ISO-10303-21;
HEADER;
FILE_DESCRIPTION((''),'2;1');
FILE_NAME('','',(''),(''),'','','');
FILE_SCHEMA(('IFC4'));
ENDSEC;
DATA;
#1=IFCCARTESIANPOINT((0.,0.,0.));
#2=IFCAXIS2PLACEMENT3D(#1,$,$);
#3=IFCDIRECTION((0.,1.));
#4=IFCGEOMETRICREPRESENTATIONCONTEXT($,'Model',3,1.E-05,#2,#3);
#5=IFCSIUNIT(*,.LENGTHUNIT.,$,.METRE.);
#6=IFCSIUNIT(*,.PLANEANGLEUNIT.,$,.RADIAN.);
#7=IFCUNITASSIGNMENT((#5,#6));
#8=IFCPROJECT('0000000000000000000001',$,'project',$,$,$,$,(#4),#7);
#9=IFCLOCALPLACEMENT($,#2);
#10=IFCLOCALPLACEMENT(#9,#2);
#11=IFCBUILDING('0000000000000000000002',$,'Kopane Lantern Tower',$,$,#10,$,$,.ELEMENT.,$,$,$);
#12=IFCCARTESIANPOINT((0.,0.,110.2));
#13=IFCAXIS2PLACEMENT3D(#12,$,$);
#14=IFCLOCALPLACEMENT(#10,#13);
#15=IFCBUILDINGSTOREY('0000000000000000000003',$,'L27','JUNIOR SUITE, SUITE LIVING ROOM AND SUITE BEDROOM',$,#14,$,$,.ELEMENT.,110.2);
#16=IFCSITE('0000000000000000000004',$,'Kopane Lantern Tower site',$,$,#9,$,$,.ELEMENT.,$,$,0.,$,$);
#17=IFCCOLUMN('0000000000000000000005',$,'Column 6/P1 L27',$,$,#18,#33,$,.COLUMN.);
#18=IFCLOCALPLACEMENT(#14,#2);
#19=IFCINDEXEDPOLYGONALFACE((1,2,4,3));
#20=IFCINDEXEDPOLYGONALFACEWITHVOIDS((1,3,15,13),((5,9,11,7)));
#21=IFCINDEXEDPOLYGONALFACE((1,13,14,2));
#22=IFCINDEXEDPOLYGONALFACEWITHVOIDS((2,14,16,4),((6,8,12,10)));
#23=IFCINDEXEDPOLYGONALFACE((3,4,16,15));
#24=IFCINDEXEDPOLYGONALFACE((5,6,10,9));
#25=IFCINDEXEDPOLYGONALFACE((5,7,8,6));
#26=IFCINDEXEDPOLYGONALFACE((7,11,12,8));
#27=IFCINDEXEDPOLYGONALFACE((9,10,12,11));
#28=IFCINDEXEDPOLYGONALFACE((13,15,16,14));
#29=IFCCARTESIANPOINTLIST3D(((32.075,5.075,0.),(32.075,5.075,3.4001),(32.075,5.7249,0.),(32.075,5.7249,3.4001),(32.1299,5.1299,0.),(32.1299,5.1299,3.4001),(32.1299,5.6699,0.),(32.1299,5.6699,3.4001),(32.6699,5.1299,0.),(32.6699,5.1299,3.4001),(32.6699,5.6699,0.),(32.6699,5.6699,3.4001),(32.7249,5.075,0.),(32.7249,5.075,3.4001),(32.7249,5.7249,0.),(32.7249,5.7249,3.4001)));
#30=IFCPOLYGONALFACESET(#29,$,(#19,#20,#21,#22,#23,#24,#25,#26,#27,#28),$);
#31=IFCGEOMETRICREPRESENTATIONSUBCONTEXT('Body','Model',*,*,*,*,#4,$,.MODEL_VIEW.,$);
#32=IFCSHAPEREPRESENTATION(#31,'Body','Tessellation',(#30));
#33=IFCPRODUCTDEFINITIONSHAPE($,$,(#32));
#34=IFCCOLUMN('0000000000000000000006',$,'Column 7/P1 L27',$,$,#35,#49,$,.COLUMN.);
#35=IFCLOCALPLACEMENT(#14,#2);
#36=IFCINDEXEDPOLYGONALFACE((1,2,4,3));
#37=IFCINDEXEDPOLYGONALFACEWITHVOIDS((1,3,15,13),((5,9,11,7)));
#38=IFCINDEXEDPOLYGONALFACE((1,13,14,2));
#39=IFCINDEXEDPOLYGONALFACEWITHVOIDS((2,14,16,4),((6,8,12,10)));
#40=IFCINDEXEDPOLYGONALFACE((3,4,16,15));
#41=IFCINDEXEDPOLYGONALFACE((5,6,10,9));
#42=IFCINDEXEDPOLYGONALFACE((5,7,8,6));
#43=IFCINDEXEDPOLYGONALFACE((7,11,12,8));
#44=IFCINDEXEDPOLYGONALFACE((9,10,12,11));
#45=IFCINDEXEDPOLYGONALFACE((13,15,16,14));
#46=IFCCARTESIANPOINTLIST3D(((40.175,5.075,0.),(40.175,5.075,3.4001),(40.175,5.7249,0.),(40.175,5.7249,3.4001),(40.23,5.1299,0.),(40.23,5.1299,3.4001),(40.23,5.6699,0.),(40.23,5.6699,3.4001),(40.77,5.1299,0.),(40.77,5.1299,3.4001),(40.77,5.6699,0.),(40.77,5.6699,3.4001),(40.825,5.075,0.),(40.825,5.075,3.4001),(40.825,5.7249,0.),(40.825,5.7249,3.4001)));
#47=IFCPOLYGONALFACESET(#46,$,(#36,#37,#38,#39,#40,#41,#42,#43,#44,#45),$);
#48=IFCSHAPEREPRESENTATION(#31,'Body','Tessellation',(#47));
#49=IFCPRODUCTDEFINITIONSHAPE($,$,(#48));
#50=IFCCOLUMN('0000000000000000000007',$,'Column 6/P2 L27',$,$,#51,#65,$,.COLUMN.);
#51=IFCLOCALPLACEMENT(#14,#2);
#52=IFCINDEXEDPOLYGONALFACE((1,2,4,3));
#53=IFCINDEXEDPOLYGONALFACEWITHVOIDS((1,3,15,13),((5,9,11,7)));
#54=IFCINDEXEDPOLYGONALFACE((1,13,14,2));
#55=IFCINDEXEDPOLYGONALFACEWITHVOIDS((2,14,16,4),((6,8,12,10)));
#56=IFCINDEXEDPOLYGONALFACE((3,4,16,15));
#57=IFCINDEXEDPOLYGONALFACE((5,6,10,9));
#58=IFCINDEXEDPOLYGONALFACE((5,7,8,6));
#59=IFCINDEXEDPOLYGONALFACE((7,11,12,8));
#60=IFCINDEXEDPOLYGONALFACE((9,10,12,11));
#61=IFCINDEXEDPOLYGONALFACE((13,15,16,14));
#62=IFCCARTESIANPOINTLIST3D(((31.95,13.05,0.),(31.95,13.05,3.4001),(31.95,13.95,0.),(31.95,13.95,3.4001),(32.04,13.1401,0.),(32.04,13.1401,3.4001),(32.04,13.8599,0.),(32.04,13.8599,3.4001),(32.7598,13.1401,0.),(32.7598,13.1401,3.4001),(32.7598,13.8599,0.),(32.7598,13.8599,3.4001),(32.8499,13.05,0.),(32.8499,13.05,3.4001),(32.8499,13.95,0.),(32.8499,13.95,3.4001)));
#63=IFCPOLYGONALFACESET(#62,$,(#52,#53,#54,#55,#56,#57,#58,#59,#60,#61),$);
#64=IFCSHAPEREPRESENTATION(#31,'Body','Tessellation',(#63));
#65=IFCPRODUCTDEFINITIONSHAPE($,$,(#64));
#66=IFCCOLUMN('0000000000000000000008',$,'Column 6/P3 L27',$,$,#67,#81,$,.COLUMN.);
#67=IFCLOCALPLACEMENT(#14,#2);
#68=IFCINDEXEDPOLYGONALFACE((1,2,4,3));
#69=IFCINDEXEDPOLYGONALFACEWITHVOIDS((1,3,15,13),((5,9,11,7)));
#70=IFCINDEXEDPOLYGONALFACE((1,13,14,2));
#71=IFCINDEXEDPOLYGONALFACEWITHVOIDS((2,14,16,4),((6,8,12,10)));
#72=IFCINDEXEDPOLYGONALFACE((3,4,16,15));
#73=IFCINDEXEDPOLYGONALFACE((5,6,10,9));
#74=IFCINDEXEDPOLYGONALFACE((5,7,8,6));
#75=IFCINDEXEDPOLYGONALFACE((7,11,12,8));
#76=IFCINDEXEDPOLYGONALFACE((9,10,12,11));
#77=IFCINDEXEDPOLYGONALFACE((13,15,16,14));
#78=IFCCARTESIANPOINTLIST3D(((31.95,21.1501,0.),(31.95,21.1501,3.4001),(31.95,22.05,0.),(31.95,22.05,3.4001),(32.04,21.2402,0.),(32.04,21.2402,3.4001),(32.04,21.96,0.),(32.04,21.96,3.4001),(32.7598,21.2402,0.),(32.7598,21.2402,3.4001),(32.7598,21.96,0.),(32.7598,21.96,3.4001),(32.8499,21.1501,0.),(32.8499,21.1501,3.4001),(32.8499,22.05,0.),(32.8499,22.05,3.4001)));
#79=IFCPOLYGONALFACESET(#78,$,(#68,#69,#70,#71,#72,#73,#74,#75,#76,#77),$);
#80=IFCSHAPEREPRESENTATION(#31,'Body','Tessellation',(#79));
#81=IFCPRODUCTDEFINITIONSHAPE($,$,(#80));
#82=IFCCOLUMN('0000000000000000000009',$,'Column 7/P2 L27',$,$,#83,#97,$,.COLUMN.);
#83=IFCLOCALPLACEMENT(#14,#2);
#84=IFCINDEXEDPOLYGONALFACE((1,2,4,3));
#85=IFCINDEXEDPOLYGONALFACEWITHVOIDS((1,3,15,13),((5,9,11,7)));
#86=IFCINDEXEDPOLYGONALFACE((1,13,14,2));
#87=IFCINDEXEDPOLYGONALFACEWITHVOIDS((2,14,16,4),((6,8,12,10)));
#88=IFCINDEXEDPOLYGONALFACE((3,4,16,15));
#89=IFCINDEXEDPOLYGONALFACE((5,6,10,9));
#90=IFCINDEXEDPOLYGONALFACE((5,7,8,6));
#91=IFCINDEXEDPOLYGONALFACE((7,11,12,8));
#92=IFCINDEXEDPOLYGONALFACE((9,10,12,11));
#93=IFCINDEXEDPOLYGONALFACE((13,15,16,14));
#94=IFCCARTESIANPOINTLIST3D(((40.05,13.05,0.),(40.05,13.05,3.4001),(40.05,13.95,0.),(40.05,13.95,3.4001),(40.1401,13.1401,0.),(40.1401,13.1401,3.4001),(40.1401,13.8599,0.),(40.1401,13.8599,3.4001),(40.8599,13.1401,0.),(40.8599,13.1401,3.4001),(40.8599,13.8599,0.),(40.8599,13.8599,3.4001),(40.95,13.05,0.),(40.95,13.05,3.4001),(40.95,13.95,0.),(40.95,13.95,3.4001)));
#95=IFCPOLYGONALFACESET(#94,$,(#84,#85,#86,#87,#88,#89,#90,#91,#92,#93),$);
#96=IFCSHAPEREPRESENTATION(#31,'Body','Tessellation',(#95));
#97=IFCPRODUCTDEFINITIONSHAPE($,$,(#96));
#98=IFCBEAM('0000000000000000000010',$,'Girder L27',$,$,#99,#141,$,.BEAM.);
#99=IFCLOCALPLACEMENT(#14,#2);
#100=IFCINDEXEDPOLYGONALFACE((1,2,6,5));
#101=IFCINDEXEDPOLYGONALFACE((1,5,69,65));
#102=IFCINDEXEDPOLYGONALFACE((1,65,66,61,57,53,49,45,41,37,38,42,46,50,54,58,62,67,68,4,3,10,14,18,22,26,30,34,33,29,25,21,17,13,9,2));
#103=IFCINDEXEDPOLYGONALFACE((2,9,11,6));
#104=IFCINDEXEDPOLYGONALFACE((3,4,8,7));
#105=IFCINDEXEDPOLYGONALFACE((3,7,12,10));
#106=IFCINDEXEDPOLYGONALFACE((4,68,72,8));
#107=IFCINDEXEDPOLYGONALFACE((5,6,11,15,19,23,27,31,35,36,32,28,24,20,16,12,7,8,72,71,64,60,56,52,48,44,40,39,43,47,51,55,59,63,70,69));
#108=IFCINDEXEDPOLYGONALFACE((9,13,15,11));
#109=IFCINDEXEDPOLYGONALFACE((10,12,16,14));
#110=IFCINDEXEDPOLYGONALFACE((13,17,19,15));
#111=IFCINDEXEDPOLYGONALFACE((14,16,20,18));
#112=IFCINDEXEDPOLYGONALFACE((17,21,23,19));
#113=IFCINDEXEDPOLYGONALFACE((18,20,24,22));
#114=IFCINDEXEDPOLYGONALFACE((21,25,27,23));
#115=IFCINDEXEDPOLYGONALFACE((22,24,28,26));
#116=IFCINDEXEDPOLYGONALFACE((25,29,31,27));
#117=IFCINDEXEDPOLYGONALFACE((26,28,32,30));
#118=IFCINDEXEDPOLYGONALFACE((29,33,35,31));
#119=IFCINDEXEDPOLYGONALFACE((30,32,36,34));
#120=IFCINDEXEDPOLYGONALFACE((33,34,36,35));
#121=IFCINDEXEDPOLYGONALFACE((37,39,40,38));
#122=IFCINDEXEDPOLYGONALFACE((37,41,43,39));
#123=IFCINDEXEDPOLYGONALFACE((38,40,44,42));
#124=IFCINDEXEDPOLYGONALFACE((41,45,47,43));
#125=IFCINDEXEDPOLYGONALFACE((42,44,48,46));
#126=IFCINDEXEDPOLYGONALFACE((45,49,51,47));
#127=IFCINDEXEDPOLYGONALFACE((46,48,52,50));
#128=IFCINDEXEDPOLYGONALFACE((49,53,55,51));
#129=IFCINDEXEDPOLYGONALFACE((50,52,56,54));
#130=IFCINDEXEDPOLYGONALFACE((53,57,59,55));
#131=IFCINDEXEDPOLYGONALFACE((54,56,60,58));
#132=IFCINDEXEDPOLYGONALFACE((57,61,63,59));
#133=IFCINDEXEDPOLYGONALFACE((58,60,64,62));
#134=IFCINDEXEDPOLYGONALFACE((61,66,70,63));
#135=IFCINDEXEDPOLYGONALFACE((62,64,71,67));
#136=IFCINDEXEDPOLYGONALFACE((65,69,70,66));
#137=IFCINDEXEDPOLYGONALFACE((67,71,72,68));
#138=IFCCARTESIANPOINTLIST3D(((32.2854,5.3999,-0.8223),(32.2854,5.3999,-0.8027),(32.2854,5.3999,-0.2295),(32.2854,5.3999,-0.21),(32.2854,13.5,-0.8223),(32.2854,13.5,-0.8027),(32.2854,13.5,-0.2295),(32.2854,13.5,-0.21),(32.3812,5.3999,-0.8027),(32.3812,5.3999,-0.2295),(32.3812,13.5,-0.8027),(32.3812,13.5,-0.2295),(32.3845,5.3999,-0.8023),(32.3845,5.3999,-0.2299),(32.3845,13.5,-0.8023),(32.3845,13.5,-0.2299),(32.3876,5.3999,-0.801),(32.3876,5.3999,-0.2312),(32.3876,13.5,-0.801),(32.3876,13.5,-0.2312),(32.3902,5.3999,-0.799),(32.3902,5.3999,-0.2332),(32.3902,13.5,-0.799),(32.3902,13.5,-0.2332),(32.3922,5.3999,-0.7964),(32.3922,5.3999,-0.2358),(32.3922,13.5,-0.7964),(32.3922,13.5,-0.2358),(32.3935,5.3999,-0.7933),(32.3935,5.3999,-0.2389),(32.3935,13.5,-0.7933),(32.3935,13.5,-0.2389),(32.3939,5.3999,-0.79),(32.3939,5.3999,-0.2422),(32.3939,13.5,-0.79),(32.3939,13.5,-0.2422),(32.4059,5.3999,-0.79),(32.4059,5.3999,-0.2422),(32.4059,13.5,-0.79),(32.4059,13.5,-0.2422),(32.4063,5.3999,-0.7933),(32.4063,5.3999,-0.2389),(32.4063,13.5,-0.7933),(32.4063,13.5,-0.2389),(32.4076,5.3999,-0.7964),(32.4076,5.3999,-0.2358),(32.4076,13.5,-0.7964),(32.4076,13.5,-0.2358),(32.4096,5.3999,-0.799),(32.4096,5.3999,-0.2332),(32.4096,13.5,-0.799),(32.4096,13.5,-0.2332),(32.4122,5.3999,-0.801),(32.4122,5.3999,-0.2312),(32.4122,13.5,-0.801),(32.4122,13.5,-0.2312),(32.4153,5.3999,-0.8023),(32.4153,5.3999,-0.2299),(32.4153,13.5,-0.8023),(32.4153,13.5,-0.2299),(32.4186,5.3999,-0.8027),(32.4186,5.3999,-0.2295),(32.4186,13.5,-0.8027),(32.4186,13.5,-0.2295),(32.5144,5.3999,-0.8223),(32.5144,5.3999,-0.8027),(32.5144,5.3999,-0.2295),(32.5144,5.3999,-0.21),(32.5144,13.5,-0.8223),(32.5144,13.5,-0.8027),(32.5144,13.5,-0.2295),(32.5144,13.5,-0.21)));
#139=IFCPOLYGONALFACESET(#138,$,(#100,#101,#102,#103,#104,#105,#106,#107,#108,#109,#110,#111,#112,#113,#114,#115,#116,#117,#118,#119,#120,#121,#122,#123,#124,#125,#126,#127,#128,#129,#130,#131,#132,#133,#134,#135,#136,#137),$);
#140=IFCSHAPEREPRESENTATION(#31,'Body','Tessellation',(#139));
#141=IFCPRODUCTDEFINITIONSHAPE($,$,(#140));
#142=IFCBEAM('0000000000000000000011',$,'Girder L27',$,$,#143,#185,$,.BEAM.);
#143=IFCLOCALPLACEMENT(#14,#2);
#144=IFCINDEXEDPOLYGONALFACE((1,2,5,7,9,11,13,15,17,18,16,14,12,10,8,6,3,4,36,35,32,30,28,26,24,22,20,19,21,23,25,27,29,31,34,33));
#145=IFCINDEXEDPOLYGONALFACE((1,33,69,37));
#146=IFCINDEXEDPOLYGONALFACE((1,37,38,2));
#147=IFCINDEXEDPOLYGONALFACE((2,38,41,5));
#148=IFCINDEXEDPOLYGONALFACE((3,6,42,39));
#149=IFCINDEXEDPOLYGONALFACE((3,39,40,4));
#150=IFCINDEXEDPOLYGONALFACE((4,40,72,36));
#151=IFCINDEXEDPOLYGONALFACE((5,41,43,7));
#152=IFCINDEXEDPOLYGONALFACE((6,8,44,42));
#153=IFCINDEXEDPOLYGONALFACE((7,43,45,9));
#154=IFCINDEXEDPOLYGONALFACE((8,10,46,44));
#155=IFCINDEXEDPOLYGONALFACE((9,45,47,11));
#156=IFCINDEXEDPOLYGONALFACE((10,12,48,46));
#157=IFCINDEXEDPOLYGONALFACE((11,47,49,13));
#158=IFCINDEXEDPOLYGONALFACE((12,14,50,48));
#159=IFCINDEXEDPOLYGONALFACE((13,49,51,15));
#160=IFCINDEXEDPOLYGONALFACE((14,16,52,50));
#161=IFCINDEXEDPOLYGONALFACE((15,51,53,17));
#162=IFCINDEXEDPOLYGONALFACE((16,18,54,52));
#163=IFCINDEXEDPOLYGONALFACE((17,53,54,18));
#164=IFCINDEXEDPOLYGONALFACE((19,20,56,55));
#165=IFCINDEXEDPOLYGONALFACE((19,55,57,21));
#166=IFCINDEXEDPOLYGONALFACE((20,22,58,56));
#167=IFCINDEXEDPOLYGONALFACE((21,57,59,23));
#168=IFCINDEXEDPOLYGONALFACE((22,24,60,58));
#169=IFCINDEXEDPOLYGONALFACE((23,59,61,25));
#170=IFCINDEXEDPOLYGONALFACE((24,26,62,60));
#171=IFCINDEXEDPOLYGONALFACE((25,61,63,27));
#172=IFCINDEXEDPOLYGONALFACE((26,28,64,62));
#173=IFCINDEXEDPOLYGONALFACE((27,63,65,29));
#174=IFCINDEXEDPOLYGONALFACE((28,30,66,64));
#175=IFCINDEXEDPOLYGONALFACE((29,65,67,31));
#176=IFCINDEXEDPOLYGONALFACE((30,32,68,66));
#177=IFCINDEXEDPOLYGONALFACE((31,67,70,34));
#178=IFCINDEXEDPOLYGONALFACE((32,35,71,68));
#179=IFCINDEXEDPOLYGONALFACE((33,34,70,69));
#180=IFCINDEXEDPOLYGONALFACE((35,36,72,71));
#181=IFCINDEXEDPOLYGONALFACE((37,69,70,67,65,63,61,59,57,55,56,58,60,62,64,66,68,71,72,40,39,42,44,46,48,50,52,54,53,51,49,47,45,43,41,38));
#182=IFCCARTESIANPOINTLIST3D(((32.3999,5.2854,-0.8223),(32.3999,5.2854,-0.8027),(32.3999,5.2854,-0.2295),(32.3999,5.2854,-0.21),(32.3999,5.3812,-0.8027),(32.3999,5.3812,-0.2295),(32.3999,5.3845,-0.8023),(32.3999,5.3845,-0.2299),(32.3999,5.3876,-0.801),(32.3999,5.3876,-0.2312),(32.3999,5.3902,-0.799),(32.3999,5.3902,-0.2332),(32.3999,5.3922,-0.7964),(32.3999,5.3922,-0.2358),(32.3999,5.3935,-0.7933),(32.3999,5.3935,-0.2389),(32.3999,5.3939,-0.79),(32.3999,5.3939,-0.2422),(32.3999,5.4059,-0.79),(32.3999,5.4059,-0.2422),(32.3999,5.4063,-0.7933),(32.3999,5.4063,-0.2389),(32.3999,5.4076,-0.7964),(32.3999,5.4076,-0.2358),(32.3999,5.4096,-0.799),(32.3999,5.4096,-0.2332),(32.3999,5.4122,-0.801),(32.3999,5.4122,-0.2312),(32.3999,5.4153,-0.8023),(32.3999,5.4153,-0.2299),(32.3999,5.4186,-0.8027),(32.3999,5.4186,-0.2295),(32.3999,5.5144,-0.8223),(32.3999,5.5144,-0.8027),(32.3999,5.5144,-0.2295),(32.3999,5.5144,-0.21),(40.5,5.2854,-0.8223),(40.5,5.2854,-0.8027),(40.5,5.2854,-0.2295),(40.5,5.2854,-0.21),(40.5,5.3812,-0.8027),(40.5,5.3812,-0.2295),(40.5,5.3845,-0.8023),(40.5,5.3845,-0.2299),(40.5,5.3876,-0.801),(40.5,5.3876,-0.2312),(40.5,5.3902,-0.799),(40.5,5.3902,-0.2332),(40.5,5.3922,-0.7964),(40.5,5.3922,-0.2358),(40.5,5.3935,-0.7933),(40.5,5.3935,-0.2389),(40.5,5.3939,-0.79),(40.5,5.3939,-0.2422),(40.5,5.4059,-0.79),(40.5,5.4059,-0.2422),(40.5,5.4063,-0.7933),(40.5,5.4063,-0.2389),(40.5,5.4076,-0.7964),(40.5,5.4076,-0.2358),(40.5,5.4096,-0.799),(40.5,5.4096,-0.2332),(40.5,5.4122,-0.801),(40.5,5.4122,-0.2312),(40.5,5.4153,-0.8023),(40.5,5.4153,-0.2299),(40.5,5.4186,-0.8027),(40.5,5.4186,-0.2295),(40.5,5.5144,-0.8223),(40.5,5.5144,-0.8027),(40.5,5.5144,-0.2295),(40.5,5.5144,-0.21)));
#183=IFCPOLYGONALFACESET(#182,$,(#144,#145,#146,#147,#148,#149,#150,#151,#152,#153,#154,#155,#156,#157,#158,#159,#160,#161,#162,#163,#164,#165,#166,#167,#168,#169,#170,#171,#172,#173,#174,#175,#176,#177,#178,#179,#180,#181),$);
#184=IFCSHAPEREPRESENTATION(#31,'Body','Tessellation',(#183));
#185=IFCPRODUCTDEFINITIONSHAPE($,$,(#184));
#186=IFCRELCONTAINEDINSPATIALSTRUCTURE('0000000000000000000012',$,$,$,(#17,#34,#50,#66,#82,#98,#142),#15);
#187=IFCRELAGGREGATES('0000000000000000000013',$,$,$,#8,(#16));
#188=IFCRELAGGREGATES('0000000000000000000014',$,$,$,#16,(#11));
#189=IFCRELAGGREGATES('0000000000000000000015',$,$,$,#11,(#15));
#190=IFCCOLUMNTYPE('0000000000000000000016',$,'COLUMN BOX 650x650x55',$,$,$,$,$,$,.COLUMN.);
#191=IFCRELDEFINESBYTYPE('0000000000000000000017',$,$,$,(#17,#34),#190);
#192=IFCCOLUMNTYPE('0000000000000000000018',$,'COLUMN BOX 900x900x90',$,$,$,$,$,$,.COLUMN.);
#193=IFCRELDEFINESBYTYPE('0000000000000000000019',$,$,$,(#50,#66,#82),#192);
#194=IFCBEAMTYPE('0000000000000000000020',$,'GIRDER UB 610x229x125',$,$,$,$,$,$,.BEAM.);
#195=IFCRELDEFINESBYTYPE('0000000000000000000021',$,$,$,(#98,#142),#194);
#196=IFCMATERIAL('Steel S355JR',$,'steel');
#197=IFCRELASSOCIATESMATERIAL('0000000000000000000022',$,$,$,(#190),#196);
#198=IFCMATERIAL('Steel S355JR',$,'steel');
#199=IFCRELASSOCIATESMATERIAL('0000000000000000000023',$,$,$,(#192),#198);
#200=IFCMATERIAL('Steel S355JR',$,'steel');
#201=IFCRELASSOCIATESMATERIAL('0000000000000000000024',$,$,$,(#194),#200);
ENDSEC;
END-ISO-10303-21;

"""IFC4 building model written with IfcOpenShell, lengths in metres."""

from ifc_helpers import new_model, si_unit, direction, frame, origin, origin_2d, place, context, subcontext, project, spatial, hollow_rectangle, i_section, extrude, material, material_profile, profile_set, type_object, element, save


model = new_model("IFC4")

# Units and contexts
model_context = context("Model", 3, precision=1e-05, world=origin(), true_north=direction((0.0, 1.0)))
body_context = subcontext(model_context, "Body", "Model", "MODEL_VIEW")
ifc_project = project(units=[si_unit("LENGTHUNIT", "METRE"), si_unit("PLANEANGLEUNIT", "RADIAN")], contexts=[model_context])

# Site, building, storey
site_placement = place(None, origin())
site = spatial("IfcSite", under=ifc_project, at=site_placement, Name="Kopane Lantern Tower site", CompositionType="ELEMENT", RefElevation=0.0)
building_placement = place(site_placement, origin())
building = spatial("IfcBuilding", under=site, at=building_placement, Name="Kopane Lantern Tower", CompositionType="ELEMENT")
storey_placement = place(building_placement, frame((0.0, 0.0, 110.2)))
storey = spatial("IfcBuildingStorey", under=building, at=storey_placement, Name="L27", Description="JUNIOR SUITE, SUITE LIVING ROOM AND SUITE BEDROOM", CompositionType="ELEMENT", Elevation=110.2)

# Columns
ifc_material_1 = material(Name="Steel S355JR", Category="steel")
ifc_material_profile_1 = material_profile(ifc_material_1, hollow_rectangle(XDim=0.6499, YDim=0.6499, WallThickness=0.0549, at=origin_2d()), Name="BOX 650x650x55")
ifc_profile_set_1 = profile_set([ifc_material_profile_1], Name="Steel S355JR")
column_type_1 = type_object("IfcColumnType", Name="COLUMN BOX 650x650x55", PredefinedType="COLUMN", material=ifc_profile_set_1)
for number, where, z_axis, x_axis, name in (
    (1, (32.3999, 5.3999, 0.0), (0.0, 0.0, 1.0), (1.0, 0.0, 0.0), "Column 6/P1 L27"),
    (2, (40.5, 5.3999, 0.0), (0.0, 0.0, 1.0), (1.0, 0.0, 0.0), "Column 7/P1 L27"),
):
    element("IfcColumn", number, at=place(storey_placement, frame(where, z_axis=z_axis, x_axis=x_axis)), inside=storey, type_object=column_type_1, Name=name, PredefinedType="COLUMN", context=body_context, shape_type="SweptSolid", body=[
        extrude(hollow_rectangle(XDim=0.6499, YDim=0.6499, WallThickness=0.0549, at=origin_2d()), origin(), (0.0, 0.0, 1.0), 3.4001),
    ])
ifc_material_2 = material(Name="Steel S355JR", Category="steel")
ifc_material_profile_2 = material_profile(ifc_material_2, hollow_rectangle(XDim=0.8999, YDim=0.8999, WallThickness=0.0901, at=origin_2d()), Name="BOX 900x900x90")
ifc_profile_set_2 = profile_set([ifc_material_profile_2], Name="Steel S355JR")
column_type_2 = type_object("IfcColumnType", Name="COLUMN BOX 900x900x90", PredefinedType="COLUMN", material=ifc_profile_set_2)
for number, where, z_axis, x_axis, name in (
    (3, (32.3999, 13.5, 0.0), (0.0, 0.0, 1.0), (1.0, 0.0, 0.0), "Column 6/P2 L27"),
    (4, (32.3999, 21.6001, 0.0), (0.0, 0.0, 1.0), (1.0, 0.0, 0.0), "Column 6/P3 L27"),
    (5, (40.5, 13.5, 0.0), (0.0, 0.0, 1.0), (1.0, 0.0, 0.0), "Column 7/P2 L27"),
):
    element("IfcColumn", number, at=place(storey_placement, frame(where, z_axis=z_axis, x_axis=x_axis)), inside=storey, type_object=column_type_2, Name=name, PredefinedType="COLUMN", context=body_context, shape_type="SweptSolid", body=[
        extrude(hollow_rectangle(XDim=0.8999, YDim=0.8999, WallThickness=0.0901, at=origin_2d()), origin(), (0.0, 0.0, 1.0), 3.4001),
    ])

# Beams
ifc_material_3 = material(Name="Steel S355JR", Category="steel")
ifc_material_profile_3 = material_profile(ifc_material_3, i_section(OverallWidth=0.229, OverallDepth=0.6123, WebThickness=0.012, FlangeThickness=0.0195, FilletRadius=0.0127, at=origin_2d()), Name="UB 610x229x125")
ifc_profile_set_3 = profile_set([ifc_material_profile_3], Name="Steel S355JR")
beam_type = type_object("IfcBeamType", Name="GIRDER UB 610x229x125", PredefinedType="BEAM", material=ifc_profile_set_3)
for number, where, z_axis, x_axis, name in (
    (6, (32.3999, 5.3999, -0.5161), (0.0, 1.0, 0.0), (-1.0, 0.0, 0.0), "Girder L27"),
    (7, (32.3999, 5.3999, -0.5161), (1.0, 0.0, 0.0), (0.0, 1.0, 0.0), "Girder L27"),
):
    element("IfcBeam", number, at=place(storey_placement, frame(where, z_axis=z_axis, x_axis=x_axis)), inside=storey, type_object=beam_type, Name=name, PredefinedType="BEAM", context=body_context, shape_type="SweptSolid", body=[
        extrude(i_section(OverallWidth=0.229, OverallDepth=0.6123, WebThickness=0.012, FlangeThickness=0.0195, FilletRadius=0.0127, at=origin_2d()), origin(), (0.0, 0.0, 1.0), 8.1001),
    ])

save(model, "model.ifc")
